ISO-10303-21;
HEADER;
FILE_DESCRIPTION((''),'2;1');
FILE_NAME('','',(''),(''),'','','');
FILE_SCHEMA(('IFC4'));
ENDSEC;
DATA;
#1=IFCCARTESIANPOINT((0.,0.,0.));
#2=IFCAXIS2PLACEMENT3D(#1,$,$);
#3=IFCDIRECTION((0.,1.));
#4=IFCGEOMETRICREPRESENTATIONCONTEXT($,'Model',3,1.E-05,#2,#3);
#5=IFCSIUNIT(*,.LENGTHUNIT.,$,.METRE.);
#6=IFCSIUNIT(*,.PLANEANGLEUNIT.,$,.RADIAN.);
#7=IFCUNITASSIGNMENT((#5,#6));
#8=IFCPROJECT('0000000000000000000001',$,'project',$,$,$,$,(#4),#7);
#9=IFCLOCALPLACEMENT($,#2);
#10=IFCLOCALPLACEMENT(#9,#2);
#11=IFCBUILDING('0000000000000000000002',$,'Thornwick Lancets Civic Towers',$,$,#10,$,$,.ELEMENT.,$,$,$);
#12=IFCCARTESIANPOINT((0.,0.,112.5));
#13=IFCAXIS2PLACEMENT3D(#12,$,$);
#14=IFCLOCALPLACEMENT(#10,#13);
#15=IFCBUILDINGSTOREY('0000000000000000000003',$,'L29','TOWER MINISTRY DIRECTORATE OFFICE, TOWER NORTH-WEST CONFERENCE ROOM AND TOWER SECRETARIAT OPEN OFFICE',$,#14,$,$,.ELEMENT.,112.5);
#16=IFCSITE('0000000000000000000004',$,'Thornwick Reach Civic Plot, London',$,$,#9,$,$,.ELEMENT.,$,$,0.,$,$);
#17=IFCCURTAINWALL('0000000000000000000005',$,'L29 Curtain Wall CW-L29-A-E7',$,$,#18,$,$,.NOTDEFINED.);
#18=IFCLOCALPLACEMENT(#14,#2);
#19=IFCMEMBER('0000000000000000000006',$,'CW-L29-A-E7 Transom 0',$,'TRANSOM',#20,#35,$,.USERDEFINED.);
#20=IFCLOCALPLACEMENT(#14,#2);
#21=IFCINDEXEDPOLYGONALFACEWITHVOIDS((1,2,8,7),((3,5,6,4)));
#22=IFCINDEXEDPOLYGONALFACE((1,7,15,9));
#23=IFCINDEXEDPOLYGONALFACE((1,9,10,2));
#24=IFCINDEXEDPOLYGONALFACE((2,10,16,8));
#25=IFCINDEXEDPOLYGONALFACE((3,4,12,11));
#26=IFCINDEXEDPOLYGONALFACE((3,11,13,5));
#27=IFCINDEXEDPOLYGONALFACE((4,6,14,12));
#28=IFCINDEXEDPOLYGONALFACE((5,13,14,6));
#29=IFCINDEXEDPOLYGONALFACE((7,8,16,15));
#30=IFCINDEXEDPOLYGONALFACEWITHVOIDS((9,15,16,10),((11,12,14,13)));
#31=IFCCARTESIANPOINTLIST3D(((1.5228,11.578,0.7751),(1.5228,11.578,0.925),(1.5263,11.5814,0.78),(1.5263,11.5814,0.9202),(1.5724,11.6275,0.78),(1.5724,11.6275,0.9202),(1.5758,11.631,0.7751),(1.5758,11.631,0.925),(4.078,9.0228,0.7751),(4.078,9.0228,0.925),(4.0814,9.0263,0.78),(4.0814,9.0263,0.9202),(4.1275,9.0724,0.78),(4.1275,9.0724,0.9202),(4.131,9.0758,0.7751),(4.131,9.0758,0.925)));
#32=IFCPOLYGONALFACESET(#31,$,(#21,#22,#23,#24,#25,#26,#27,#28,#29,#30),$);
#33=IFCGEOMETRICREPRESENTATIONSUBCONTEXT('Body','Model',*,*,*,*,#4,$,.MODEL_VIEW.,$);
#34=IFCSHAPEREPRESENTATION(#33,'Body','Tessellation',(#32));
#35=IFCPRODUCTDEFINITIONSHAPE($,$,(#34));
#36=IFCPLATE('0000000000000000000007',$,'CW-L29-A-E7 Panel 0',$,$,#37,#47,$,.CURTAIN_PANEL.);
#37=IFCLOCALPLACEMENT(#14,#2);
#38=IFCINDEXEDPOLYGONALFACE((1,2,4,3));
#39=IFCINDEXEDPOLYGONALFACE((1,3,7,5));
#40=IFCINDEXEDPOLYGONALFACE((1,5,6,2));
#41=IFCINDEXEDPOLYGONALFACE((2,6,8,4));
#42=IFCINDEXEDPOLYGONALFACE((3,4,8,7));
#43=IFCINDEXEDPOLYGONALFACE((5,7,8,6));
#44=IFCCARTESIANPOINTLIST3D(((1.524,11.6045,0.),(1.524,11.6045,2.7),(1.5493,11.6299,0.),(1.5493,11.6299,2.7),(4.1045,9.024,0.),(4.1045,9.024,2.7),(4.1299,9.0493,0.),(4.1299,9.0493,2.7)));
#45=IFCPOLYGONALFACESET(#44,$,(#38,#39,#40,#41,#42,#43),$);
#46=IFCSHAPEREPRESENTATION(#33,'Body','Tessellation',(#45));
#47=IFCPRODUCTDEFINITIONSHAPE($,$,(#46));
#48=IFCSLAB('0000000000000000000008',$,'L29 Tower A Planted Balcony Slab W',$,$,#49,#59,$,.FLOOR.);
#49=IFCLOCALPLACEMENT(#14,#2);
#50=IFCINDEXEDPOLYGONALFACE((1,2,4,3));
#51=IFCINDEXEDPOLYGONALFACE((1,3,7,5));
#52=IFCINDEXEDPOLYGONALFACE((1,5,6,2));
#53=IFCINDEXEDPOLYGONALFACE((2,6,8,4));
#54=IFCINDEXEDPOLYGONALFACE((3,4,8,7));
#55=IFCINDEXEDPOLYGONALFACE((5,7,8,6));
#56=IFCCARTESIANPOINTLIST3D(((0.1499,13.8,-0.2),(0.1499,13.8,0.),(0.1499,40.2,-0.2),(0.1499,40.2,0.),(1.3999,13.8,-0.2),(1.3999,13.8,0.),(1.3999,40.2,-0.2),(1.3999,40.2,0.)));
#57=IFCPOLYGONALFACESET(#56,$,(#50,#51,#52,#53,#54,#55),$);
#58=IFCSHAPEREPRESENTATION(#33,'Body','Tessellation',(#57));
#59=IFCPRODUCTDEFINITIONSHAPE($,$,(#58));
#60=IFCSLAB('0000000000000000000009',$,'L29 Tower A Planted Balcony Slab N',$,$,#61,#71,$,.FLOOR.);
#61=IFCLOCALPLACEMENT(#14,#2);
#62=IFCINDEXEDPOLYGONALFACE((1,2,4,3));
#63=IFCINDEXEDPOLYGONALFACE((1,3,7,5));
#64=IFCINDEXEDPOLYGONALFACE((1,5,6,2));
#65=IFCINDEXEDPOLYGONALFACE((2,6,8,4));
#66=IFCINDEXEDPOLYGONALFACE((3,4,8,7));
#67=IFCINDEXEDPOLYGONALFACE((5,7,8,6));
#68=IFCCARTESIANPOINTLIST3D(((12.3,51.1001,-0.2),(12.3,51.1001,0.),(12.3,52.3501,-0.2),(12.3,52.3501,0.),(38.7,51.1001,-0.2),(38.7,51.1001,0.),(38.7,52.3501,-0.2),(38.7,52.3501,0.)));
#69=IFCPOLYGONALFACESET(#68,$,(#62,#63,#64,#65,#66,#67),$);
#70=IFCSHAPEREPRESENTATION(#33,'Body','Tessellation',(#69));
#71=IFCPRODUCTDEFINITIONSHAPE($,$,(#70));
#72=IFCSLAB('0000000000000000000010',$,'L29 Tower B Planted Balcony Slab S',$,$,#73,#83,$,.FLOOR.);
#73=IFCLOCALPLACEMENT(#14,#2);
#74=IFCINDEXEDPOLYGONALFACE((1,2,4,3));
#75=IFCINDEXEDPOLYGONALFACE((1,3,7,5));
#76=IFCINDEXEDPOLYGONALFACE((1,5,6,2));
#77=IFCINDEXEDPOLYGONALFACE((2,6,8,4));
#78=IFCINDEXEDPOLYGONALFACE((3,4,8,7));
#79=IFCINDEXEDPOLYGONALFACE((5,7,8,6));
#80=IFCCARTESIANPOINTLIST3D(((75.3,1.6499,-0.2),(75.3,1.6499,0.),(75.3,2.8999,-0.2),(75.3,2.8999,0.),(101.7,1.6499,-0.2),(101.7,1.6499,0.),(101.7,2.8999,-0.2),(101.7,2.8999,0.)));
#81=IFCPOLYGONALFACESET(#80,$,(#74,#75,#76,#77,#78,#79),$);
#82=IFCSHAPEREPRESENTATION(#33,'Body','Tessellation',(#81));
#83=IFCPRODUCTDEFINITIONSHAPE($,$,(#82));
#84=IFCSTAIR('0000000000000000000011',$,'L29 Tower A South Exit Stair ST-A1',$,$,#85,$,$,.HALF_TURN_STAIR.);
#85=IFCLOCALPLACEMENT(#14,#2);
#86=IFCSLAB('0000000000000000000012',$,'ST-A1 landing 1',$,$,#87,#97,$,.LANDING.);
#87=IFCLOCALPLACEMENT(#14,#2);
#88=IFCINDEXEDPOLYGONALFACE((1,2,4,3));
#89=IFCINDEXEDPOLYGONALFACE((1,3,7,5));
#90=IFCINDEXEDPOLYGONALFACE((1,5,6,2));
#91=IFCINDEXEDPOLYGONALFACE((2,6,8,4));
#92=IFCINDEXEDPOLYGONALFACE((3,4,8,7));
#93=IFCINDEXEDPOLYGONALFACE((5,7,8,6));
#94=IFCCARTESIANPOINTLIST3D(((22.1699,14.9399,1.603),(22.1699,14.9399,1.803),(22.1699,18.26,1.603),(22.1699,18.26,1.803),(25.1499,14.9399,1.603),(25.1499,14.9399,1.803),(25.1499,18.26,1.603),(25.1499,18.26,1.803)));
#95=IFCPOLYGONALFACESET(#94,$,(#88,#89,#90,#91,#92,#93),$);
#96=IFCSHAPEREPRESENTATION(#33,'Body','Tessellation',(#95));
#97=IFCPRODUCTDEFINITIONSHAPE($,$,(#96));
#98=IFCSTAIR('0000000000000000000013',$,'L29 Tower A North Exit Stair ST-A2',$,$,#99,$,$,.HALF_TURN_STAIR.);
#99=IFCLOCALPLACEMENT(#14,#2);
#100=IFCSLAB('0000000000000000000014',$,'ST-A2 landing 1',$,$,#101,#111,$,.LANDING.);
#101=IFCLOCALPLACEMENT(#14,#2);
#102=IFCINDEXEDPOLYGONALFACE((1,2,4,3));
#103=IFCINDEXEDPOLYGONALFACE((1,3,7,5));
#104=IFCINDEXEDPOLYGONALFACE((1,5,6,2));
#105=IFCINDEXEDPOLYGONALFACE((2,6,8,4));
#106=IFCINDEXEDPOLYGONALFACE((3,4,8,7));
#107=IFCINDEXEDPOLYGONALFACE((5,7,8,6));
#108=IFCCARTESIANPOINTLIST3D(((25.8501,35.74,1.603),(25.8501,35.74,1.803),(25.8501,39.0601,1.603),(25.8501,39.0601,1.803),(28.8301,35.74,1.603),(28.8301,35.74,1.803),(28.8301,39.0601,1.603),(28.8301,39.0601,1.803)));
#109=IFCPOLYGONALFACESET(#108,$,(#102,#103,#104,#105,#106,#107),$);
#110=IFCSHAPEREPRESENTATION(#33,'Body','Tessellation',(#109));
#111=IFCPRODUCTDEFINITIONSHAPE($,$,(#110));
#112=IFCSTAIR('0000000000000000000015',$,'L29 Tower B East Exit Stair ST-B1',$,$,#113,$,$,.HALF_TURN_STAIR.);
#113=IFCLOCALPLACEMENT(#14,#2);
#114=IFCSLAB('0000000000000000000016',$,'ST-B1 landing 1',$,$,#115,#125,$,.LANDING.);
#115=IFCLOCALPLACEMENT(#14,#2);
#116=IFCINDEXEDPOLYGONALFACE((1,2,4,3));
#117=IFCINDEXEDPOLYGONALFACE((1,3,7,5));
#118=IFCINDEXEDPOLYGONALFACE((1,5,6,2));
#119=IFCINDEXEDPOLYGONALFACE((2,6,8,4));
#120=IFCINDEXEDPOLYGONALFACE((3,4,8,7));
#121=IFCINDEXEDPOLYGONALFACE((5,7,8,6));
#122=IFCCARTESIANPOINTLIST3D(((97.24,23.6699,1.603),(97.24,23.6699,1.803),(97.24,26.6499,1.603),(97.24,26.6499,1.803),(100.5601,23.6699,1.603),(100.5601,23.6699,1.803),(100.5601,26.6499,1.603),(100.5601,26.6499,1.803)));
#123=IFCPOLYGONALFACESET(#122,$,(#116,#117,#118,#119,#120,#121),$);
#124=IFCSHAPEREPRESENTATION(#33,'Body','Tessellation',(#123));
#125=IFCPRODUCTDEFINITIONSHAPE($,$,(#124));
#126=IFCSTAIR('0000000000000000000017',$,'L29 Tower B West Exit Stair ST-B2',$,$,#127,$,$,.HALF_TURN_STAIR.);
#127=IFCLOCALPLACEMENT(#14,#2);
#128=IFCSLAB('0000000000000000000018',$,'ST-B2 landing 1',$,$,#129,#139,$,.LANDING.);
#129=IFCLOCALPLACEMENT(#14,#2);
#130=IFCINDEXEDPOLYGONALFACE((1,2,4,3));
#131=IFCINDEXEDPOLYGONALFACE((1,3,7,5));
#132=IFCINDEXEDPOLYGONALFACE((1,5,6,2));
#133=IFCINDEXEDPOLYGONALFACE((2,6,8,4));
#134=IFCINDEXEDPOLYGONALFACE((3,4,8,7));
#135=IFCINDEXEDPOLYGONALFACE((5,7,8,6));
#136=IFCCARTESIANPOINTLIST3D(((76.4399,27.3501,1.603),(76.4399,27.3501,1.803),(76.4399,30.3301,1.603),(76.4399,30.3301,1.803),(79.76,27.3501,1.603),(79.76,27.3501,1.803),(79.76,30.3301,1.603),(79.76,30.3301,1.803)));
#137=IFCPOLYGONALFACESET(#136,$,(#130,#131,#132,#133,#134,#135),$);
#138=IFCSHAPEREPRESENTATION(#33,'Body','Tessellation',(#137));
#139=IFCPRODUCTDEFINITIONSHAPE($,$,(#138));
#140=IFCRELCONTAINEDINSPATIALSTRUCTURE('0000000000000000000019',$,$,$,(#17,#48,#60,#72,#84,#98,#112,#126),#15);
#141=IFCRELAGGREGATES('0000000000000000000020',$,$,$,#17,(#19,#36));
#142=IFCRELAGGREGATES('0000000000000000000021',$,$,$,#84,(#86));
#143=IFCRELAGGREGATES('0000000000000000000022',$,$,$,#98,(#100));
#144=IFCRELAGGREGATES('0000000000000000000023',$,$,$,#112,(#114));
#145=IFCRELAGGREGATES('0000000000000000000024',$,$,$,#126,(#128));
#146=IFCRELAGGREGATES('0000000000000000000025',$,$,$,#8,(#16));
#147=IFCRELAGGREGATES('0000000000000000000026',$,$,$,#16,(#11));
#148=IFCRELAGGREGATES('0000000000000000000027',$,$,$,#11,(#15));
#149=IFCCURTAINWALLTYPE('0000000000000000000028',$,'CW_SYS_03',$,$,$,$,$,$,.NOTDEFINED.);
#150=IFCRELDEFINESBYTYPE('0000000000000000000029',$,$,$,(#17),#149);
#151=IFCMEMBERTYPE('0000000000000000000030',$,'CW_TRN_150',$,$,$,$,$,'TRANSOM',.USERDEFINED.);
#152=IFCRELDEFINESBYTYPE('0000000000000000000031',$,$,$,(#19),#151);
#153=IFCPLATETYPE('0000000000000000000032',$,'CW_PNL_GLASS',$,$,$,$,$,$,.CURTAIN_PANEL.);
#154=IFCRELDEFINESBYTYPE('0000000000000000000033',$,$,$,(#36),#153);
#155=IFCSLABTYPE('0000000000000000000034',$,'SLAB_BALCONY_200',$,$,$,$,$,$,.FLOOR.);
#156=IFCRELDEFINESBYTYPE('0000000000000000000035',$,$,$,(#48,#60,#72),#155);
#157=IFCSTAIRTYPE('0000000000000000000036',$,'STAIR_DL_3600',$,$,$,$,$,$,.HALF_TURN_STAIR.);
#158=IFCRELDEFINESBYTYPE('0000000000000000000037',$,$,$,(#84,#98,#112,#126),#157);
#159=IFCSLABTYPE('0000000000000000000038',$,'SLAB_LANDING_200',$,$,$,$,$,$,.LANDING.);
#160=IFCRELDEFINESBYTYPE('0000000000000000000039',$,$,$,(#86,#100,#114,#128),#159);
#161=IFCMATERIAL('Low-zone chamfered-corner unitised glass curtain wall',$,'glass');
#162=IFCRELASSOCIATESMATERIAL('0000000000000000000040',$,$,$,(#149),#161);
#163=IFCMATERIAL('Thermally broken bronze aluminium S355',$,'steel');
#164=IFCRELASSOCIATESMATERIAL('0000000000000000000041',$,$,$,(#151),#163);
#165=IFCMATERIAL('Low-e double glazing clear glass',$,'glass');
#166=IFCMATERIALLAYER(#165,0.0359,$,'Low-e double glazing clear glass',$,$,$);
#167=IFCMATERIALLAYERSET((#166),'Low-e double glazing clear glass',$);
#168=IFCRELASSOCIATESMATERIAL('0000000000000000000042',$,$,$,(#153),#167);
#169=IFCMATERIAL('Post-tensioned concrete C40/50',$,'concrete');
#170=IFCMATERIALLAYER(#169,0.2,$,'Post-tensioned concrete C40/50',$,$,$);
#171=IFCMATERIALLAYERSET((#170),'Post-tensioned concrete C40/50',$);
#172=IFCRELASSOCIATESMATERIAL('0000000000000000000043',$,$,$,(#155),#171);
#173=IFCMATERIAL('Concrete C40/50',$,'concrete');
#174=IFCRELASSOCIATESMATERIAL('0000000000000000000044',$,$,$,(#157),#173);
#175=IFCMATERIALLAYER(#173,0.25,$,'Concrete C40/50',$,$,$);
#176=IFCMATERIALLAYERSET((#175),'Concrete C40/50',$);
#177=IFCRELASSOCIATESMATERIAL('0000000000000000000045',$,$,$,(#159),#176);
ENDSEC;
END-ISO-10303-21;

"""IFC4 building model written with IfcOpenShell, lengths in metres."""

from ifc_helpers import new_model, si_unit, direction, frame, origin, origin_2d, place, context, subcontext, project, spatial, polyline, rectangle, hollow_rectangle, outline, extrude, material, layer, layer_set, material_profile, profile_set, type_object, element, aggregate, save


model = new_model("IFC4")

# Units and contexts
model_context = context("Model", 3, precision=1e-05, world=origin(), true_north=direction((0.0, 1.0)))
body_context = subcontext(model_context, "Body", "Model", "MODEL_VIEW")
ifc_project = project(units=[si_unit("LENGTHUNIT", "METRE"), si_unit("PLANEANGLEUNIT", "RADIAN")], contexts=[model_context])

# Site, building, storey
site_placement = place(None, origin())
site = spatial("IfcSite", under=ifc_project, at=site_placement, Name="Thornwick Reach Civic Plot, London", CompositionType="ELEMENT", RefElevation=0.0)
building_placement = place(site_placement, origin())
building = spatial("IfcBuilding", under=site, at=building_placement, Name="Thornwick Lancets Civic Towers", CompositionType="ELEMENT")
storey_placement = place(building_placement, frame((0.0, 0.0, 112.5)))
storey = spatial("IfcBuildingStorey", under=building, at=storey_placement, Name="L29", Description="TOWER MINISTRY DIRECTORATE OFFICE, TOWER NORTH-WEST CONFERENCE ROOM AND TOWER SECRETARIAT OPEN OFFICE", CompositionType="ELEMENT", Elevation=112.5)

# Curtain wall, member, plate
ifc_material_1 = material(Name="Low-zone chamfered-corner unitised glass curtain wall", Category="glass")
curtain_wall_type = type_object("IfcCurtainWallType", Name="CW_SYS_03", PredefinedType="NOTDEFINED", material=ifc_material_1)
curtain_wall_placement = place(storey_placement, origin())
curtain_wall = element("IfcCurtainWall", 1, at=curtain_wall_placement, inside=storey, type_object=curtain_wall_type, Name="L29 Curtain Wall CW-L29-A-E7", PredefinedType="NOTDEFINED")
ifc_material_2 = material(Name="Thermally broken bronze aluminium S355", Category="steel")
ifc_material_profile_1 = material_profile(ifc_material_2, hollow_rectangle(XDim=0.075, YDim=0.1499, WallThickness=0.0049, at=origin_2d()), Name="RHS 150x75x5")
ifc_profile_set_1 = profile_set([ifc_material_profile_1], Name="Thermally broken bronze aluminium S355")
member_type_1 = type_object("IfcMemberType", Name="CW_TRN_150", ElementType="TRANSOM", PredefinedType="USERDEFINED", material=ifc_profile_set_1)
member_1_placement = place(storey_placement, frame((1.5493, 11.6045, 0.8501), z_axis=(0.707107, -0.707107, 0.0), x_axis=(0.707107, 0.707107, 0.0)))
member_1 = element("IfcMember", 2, at=member_1_placement, type_object=member_type_1, Name="CW-L29-A-E7 Transom 0", ObjectType="TRANSOM", PredefinedType="USERDEFINED", context=body_context, shape_type="SweptSolid", body=[
    extrude(hollow_rectangle(XDim=0.075, YDim=0.1499, WallThickness=0.0049, at=origin_2d()), origin(), (0.0, 0.0, 1.0), 3.6135),
])
ifc_material_3 = material(Name="Low-e double glazing clear glass", Category="glass")
ifc_layer_1 = layer(ifc_material_3, 0.0359, Name="Low-e double glazing clear glass")
ifc_layer_set_1 = layer_set([ifc_layer_1], Name="Low-e double glazing clear glass")
plate_type = type_object("IfcPlateType", Name="CW_PNL_GLASS", PredefinedType="CURTAIN_PANEL", material=ifc_layer_set_1)
plate_placement = place(storey_placement, frame((2.8269, 10.3269, 0.0), z_axis=(0.0, 0.0, 1.0), x_axis=(0.707107, -0.707107, 0.0)))
plate = element("IfcPlate", 3, at=plate_placement, type_object=plate_type, Name="CW-L29-A-E7 Panel 0", PredefinedType="CURTAIN_PANEL", context=body_context, shape_type="SweptSolid", body=[
    extrude(rectangle(XDim=3.6494, YDim=0.0359, at=origin_2d()), origin(), (0.0, 0.0, 1.0), 2.7),
])
aggregate(curtain_wall, [member_1, plate])

# Slabs
ifc_material_4 = material(Name="Post-tensioned concrete C40/50", Category="concrete")
ifc_layer_2 = layer(ifc_material_4, 0.2, Name="Post-tensioned concrete C40/50")
ifc_layer_set_2 = layer_set([ifc_layer_2], Name="Post-tensioned concrete C40/50")
slab_type_1 = type_object("IfcSlabType", Name="SLAB_BALCONY_200", PredefinedType="FLOOR", material=ifc_layer_set_2)
slab_1_placement = place(storey_placement, frame((0.0, 0.0, -0.2)))
element("IfcSlab", 4, at=slab_1_placement, inside=storey, type_object=slab_type_1, Name="L29 Tower A Planted Balcony Slab W", PredefinedType="FLOOR", context=body_context, shape_type="SweptSolid", body=[
    extrude(outline(polyline([(0.1499, 13.8), (1.3999, 13.8), (1.3999, 40.2), (0.1499, 40.2), (0.1499, 13.8)])), origin(), (0.0, 0.0, 1.0), 0.2),
])
slab_2_placement = place(storey_placement, frame((0.0, 0.0, -0.2)))
element("IfcSlab", 5, at=slab_2_placement, inside=storey, type_object=slab_type_1, Name="L29 Tower A Planted Balcony Slab N", PredefinedType="FLOOR", context=body_context, shape_type="SweptSolid", body=[
    extrude(outline(polyline([(12.3, 51.1001), (38.7, 51.1001), (38.7, 52.3501), (12.3, 52.3501), (12.3, 51.1001)])), origin(), (0.0, 0.0, 1.0), 0.2),
])
slab_3_placement = place(storey_placement, frame((0.0, 0.0, -0.2)))
element("IfcSlab", 6, at=slab_3_placement, inside=storey, type_object=slab_type_1, Name="L29 Tower B Planted Balcony Slab S", PredefinedType="FLOOR", context=body_context, shape_type="SweptSolid", body=[
    extrude(outline(polyline([(75.3, 1.6499), (101.7, 1.6499), (101.7, 2.8999), (75.3, 2.8999), (75.3, 1.6499)])), origin(), (0.0, 0.0, 1.0), 0.2),
])

# Stairs, slabs
ifc_material_5 = material(Name="Concrete C40/50", Category="concrete")
stair_type = type_object("IfcStairType", Name="STAIR_DL_3600", PredefinedType="HALF_TURN_STAIR", material=ifc_material_5)
stair_1_placement = place(storey_placement, origin())
stair_1 = element("IfcStair", 7, at=stair_1_placement, inside=storey, type_object=stair_type, Name="L29 Tower A South Exit Stair ST-A1", PredefinedType="HALF_TURN_STAIR")
ifc_layer_3 = layer(ifc_material_5, 0.25, Name="Concrete C40/50")
ifc_layer_set_3 = layer_set([ifc_layer_3], Name="Concrete C40/50")
slab_type_2 = type_object("IfcSlabType", Name="SLAB_LANDING_200", PredefinedType="LANDING", material=ifc_layer_set_3)
slab_4_placement = place(storey_placement, frame((0.0, 0.0, 1.603)))
slab_4 = element("IfcSlab", 8, at=slab_4_placement, type_object=slab_type_2, Name="ST-A1 landing 1", PredefinedType="LANDING", context=body_context, shape_type="SweptSolid", body=[
    extrude(outline(polyline([(22.1699, 14.9399), (25.1499, 14.9399), (25.1499, 18.26), (22.1699, 18.26), (22.1699, 14.9399)])), origin(), (0.0, 0.0, 1.0), 0.2),
])
aggregate(stair_1, [slab_4])
stair_2_placement = place(storey_placement, origin())
stair_2 = element("IfcStair", 9, at=stair_2_placement, inside=storey, type_object=stair_type, Name="L29 Tower A North Exit Stair ST-A2", PredefinedType="HALF_TURN_STAIR")
slab_5_placement = place(storey_placement, frame((0.0, 0.0, 1.603)))
slab_5 = element("IfcSlab", 10, at=slab_5_placement, type_object=slab_type_2, Name="ST-A2 landing 1", PredefinedType="LANDING", context=body_context, shape_type="SweptSolid", body=[
    extrude(outline(polyline([(28.8301, 39.0601), (25.8501, 39.0601), (25.8501, 35.74), (28.8301, 35.74), (28.8301, 39.0601)])), origin(), (0.0, 0.0, 1.0), 0.2),
])
aggregate(stair_2, [slab_5])
stair_3_placement = place(storey_placement, origin())
stair_3 = element("IfcStair", 11, at=stair_3_placement, inside=storey, type_object=stair_type, Name="L29 Tower B East Exit Stair ST-B1", PredefinedType="HALF_TURN_STAIR")
slab_6_placement = place(storey_placement, frame((0.0, 0.0, 1.603)))
slab_6 = element("IfcSlab", 12, at=slab_6_placement, type_object=slab_type_2, Name="ST-B1 landing 1", PredefinedType="LANDING", context=body_context, shape_type="SweptSolid", body=[
    extrude(outline(polyline([(100.5601, 23.6699), (100.5601, 26.6499), (97.24, 26.6499), (97.24, 23.6699), (100.5601, 23.6699)])), origin(), (0.0, 0.0, 1.0), 0.2),
])
aggregate(stair_3, [slab_6])
stair_4_placement = place(storey_placement, origin())
stair_4 = element("IfcStair", 13, at=stair_4_placement, inside=storey, type_object=stair_type, Name="L29 Tower B West Exit Stair ST-B2", PredefinedType="HALF_TURN_STAIR")
slab_7_placement = place(storey_placement, frame((0.0, 0.0, 1.603)))
slab_7 = element("IfcSlab", 14, at=slab_7_placement, type_object=slab_type_2, Name="ST-B2 landing 1", PredefinedType="LANDING", context=body_context, shape_type="SweptSolid", body=[
    extrude(outline(polyline([(76.4399, 30.3301), (76.4399, 27.3501), (79.76, 27.3501), (79.76, 30.3301), (76.4399, 30.3301)])), origin(), (0.0, 0.0, 1.0), 0.2),
])
aggregate(stair_4, [slab_7])

save(model, "model.ifc")
